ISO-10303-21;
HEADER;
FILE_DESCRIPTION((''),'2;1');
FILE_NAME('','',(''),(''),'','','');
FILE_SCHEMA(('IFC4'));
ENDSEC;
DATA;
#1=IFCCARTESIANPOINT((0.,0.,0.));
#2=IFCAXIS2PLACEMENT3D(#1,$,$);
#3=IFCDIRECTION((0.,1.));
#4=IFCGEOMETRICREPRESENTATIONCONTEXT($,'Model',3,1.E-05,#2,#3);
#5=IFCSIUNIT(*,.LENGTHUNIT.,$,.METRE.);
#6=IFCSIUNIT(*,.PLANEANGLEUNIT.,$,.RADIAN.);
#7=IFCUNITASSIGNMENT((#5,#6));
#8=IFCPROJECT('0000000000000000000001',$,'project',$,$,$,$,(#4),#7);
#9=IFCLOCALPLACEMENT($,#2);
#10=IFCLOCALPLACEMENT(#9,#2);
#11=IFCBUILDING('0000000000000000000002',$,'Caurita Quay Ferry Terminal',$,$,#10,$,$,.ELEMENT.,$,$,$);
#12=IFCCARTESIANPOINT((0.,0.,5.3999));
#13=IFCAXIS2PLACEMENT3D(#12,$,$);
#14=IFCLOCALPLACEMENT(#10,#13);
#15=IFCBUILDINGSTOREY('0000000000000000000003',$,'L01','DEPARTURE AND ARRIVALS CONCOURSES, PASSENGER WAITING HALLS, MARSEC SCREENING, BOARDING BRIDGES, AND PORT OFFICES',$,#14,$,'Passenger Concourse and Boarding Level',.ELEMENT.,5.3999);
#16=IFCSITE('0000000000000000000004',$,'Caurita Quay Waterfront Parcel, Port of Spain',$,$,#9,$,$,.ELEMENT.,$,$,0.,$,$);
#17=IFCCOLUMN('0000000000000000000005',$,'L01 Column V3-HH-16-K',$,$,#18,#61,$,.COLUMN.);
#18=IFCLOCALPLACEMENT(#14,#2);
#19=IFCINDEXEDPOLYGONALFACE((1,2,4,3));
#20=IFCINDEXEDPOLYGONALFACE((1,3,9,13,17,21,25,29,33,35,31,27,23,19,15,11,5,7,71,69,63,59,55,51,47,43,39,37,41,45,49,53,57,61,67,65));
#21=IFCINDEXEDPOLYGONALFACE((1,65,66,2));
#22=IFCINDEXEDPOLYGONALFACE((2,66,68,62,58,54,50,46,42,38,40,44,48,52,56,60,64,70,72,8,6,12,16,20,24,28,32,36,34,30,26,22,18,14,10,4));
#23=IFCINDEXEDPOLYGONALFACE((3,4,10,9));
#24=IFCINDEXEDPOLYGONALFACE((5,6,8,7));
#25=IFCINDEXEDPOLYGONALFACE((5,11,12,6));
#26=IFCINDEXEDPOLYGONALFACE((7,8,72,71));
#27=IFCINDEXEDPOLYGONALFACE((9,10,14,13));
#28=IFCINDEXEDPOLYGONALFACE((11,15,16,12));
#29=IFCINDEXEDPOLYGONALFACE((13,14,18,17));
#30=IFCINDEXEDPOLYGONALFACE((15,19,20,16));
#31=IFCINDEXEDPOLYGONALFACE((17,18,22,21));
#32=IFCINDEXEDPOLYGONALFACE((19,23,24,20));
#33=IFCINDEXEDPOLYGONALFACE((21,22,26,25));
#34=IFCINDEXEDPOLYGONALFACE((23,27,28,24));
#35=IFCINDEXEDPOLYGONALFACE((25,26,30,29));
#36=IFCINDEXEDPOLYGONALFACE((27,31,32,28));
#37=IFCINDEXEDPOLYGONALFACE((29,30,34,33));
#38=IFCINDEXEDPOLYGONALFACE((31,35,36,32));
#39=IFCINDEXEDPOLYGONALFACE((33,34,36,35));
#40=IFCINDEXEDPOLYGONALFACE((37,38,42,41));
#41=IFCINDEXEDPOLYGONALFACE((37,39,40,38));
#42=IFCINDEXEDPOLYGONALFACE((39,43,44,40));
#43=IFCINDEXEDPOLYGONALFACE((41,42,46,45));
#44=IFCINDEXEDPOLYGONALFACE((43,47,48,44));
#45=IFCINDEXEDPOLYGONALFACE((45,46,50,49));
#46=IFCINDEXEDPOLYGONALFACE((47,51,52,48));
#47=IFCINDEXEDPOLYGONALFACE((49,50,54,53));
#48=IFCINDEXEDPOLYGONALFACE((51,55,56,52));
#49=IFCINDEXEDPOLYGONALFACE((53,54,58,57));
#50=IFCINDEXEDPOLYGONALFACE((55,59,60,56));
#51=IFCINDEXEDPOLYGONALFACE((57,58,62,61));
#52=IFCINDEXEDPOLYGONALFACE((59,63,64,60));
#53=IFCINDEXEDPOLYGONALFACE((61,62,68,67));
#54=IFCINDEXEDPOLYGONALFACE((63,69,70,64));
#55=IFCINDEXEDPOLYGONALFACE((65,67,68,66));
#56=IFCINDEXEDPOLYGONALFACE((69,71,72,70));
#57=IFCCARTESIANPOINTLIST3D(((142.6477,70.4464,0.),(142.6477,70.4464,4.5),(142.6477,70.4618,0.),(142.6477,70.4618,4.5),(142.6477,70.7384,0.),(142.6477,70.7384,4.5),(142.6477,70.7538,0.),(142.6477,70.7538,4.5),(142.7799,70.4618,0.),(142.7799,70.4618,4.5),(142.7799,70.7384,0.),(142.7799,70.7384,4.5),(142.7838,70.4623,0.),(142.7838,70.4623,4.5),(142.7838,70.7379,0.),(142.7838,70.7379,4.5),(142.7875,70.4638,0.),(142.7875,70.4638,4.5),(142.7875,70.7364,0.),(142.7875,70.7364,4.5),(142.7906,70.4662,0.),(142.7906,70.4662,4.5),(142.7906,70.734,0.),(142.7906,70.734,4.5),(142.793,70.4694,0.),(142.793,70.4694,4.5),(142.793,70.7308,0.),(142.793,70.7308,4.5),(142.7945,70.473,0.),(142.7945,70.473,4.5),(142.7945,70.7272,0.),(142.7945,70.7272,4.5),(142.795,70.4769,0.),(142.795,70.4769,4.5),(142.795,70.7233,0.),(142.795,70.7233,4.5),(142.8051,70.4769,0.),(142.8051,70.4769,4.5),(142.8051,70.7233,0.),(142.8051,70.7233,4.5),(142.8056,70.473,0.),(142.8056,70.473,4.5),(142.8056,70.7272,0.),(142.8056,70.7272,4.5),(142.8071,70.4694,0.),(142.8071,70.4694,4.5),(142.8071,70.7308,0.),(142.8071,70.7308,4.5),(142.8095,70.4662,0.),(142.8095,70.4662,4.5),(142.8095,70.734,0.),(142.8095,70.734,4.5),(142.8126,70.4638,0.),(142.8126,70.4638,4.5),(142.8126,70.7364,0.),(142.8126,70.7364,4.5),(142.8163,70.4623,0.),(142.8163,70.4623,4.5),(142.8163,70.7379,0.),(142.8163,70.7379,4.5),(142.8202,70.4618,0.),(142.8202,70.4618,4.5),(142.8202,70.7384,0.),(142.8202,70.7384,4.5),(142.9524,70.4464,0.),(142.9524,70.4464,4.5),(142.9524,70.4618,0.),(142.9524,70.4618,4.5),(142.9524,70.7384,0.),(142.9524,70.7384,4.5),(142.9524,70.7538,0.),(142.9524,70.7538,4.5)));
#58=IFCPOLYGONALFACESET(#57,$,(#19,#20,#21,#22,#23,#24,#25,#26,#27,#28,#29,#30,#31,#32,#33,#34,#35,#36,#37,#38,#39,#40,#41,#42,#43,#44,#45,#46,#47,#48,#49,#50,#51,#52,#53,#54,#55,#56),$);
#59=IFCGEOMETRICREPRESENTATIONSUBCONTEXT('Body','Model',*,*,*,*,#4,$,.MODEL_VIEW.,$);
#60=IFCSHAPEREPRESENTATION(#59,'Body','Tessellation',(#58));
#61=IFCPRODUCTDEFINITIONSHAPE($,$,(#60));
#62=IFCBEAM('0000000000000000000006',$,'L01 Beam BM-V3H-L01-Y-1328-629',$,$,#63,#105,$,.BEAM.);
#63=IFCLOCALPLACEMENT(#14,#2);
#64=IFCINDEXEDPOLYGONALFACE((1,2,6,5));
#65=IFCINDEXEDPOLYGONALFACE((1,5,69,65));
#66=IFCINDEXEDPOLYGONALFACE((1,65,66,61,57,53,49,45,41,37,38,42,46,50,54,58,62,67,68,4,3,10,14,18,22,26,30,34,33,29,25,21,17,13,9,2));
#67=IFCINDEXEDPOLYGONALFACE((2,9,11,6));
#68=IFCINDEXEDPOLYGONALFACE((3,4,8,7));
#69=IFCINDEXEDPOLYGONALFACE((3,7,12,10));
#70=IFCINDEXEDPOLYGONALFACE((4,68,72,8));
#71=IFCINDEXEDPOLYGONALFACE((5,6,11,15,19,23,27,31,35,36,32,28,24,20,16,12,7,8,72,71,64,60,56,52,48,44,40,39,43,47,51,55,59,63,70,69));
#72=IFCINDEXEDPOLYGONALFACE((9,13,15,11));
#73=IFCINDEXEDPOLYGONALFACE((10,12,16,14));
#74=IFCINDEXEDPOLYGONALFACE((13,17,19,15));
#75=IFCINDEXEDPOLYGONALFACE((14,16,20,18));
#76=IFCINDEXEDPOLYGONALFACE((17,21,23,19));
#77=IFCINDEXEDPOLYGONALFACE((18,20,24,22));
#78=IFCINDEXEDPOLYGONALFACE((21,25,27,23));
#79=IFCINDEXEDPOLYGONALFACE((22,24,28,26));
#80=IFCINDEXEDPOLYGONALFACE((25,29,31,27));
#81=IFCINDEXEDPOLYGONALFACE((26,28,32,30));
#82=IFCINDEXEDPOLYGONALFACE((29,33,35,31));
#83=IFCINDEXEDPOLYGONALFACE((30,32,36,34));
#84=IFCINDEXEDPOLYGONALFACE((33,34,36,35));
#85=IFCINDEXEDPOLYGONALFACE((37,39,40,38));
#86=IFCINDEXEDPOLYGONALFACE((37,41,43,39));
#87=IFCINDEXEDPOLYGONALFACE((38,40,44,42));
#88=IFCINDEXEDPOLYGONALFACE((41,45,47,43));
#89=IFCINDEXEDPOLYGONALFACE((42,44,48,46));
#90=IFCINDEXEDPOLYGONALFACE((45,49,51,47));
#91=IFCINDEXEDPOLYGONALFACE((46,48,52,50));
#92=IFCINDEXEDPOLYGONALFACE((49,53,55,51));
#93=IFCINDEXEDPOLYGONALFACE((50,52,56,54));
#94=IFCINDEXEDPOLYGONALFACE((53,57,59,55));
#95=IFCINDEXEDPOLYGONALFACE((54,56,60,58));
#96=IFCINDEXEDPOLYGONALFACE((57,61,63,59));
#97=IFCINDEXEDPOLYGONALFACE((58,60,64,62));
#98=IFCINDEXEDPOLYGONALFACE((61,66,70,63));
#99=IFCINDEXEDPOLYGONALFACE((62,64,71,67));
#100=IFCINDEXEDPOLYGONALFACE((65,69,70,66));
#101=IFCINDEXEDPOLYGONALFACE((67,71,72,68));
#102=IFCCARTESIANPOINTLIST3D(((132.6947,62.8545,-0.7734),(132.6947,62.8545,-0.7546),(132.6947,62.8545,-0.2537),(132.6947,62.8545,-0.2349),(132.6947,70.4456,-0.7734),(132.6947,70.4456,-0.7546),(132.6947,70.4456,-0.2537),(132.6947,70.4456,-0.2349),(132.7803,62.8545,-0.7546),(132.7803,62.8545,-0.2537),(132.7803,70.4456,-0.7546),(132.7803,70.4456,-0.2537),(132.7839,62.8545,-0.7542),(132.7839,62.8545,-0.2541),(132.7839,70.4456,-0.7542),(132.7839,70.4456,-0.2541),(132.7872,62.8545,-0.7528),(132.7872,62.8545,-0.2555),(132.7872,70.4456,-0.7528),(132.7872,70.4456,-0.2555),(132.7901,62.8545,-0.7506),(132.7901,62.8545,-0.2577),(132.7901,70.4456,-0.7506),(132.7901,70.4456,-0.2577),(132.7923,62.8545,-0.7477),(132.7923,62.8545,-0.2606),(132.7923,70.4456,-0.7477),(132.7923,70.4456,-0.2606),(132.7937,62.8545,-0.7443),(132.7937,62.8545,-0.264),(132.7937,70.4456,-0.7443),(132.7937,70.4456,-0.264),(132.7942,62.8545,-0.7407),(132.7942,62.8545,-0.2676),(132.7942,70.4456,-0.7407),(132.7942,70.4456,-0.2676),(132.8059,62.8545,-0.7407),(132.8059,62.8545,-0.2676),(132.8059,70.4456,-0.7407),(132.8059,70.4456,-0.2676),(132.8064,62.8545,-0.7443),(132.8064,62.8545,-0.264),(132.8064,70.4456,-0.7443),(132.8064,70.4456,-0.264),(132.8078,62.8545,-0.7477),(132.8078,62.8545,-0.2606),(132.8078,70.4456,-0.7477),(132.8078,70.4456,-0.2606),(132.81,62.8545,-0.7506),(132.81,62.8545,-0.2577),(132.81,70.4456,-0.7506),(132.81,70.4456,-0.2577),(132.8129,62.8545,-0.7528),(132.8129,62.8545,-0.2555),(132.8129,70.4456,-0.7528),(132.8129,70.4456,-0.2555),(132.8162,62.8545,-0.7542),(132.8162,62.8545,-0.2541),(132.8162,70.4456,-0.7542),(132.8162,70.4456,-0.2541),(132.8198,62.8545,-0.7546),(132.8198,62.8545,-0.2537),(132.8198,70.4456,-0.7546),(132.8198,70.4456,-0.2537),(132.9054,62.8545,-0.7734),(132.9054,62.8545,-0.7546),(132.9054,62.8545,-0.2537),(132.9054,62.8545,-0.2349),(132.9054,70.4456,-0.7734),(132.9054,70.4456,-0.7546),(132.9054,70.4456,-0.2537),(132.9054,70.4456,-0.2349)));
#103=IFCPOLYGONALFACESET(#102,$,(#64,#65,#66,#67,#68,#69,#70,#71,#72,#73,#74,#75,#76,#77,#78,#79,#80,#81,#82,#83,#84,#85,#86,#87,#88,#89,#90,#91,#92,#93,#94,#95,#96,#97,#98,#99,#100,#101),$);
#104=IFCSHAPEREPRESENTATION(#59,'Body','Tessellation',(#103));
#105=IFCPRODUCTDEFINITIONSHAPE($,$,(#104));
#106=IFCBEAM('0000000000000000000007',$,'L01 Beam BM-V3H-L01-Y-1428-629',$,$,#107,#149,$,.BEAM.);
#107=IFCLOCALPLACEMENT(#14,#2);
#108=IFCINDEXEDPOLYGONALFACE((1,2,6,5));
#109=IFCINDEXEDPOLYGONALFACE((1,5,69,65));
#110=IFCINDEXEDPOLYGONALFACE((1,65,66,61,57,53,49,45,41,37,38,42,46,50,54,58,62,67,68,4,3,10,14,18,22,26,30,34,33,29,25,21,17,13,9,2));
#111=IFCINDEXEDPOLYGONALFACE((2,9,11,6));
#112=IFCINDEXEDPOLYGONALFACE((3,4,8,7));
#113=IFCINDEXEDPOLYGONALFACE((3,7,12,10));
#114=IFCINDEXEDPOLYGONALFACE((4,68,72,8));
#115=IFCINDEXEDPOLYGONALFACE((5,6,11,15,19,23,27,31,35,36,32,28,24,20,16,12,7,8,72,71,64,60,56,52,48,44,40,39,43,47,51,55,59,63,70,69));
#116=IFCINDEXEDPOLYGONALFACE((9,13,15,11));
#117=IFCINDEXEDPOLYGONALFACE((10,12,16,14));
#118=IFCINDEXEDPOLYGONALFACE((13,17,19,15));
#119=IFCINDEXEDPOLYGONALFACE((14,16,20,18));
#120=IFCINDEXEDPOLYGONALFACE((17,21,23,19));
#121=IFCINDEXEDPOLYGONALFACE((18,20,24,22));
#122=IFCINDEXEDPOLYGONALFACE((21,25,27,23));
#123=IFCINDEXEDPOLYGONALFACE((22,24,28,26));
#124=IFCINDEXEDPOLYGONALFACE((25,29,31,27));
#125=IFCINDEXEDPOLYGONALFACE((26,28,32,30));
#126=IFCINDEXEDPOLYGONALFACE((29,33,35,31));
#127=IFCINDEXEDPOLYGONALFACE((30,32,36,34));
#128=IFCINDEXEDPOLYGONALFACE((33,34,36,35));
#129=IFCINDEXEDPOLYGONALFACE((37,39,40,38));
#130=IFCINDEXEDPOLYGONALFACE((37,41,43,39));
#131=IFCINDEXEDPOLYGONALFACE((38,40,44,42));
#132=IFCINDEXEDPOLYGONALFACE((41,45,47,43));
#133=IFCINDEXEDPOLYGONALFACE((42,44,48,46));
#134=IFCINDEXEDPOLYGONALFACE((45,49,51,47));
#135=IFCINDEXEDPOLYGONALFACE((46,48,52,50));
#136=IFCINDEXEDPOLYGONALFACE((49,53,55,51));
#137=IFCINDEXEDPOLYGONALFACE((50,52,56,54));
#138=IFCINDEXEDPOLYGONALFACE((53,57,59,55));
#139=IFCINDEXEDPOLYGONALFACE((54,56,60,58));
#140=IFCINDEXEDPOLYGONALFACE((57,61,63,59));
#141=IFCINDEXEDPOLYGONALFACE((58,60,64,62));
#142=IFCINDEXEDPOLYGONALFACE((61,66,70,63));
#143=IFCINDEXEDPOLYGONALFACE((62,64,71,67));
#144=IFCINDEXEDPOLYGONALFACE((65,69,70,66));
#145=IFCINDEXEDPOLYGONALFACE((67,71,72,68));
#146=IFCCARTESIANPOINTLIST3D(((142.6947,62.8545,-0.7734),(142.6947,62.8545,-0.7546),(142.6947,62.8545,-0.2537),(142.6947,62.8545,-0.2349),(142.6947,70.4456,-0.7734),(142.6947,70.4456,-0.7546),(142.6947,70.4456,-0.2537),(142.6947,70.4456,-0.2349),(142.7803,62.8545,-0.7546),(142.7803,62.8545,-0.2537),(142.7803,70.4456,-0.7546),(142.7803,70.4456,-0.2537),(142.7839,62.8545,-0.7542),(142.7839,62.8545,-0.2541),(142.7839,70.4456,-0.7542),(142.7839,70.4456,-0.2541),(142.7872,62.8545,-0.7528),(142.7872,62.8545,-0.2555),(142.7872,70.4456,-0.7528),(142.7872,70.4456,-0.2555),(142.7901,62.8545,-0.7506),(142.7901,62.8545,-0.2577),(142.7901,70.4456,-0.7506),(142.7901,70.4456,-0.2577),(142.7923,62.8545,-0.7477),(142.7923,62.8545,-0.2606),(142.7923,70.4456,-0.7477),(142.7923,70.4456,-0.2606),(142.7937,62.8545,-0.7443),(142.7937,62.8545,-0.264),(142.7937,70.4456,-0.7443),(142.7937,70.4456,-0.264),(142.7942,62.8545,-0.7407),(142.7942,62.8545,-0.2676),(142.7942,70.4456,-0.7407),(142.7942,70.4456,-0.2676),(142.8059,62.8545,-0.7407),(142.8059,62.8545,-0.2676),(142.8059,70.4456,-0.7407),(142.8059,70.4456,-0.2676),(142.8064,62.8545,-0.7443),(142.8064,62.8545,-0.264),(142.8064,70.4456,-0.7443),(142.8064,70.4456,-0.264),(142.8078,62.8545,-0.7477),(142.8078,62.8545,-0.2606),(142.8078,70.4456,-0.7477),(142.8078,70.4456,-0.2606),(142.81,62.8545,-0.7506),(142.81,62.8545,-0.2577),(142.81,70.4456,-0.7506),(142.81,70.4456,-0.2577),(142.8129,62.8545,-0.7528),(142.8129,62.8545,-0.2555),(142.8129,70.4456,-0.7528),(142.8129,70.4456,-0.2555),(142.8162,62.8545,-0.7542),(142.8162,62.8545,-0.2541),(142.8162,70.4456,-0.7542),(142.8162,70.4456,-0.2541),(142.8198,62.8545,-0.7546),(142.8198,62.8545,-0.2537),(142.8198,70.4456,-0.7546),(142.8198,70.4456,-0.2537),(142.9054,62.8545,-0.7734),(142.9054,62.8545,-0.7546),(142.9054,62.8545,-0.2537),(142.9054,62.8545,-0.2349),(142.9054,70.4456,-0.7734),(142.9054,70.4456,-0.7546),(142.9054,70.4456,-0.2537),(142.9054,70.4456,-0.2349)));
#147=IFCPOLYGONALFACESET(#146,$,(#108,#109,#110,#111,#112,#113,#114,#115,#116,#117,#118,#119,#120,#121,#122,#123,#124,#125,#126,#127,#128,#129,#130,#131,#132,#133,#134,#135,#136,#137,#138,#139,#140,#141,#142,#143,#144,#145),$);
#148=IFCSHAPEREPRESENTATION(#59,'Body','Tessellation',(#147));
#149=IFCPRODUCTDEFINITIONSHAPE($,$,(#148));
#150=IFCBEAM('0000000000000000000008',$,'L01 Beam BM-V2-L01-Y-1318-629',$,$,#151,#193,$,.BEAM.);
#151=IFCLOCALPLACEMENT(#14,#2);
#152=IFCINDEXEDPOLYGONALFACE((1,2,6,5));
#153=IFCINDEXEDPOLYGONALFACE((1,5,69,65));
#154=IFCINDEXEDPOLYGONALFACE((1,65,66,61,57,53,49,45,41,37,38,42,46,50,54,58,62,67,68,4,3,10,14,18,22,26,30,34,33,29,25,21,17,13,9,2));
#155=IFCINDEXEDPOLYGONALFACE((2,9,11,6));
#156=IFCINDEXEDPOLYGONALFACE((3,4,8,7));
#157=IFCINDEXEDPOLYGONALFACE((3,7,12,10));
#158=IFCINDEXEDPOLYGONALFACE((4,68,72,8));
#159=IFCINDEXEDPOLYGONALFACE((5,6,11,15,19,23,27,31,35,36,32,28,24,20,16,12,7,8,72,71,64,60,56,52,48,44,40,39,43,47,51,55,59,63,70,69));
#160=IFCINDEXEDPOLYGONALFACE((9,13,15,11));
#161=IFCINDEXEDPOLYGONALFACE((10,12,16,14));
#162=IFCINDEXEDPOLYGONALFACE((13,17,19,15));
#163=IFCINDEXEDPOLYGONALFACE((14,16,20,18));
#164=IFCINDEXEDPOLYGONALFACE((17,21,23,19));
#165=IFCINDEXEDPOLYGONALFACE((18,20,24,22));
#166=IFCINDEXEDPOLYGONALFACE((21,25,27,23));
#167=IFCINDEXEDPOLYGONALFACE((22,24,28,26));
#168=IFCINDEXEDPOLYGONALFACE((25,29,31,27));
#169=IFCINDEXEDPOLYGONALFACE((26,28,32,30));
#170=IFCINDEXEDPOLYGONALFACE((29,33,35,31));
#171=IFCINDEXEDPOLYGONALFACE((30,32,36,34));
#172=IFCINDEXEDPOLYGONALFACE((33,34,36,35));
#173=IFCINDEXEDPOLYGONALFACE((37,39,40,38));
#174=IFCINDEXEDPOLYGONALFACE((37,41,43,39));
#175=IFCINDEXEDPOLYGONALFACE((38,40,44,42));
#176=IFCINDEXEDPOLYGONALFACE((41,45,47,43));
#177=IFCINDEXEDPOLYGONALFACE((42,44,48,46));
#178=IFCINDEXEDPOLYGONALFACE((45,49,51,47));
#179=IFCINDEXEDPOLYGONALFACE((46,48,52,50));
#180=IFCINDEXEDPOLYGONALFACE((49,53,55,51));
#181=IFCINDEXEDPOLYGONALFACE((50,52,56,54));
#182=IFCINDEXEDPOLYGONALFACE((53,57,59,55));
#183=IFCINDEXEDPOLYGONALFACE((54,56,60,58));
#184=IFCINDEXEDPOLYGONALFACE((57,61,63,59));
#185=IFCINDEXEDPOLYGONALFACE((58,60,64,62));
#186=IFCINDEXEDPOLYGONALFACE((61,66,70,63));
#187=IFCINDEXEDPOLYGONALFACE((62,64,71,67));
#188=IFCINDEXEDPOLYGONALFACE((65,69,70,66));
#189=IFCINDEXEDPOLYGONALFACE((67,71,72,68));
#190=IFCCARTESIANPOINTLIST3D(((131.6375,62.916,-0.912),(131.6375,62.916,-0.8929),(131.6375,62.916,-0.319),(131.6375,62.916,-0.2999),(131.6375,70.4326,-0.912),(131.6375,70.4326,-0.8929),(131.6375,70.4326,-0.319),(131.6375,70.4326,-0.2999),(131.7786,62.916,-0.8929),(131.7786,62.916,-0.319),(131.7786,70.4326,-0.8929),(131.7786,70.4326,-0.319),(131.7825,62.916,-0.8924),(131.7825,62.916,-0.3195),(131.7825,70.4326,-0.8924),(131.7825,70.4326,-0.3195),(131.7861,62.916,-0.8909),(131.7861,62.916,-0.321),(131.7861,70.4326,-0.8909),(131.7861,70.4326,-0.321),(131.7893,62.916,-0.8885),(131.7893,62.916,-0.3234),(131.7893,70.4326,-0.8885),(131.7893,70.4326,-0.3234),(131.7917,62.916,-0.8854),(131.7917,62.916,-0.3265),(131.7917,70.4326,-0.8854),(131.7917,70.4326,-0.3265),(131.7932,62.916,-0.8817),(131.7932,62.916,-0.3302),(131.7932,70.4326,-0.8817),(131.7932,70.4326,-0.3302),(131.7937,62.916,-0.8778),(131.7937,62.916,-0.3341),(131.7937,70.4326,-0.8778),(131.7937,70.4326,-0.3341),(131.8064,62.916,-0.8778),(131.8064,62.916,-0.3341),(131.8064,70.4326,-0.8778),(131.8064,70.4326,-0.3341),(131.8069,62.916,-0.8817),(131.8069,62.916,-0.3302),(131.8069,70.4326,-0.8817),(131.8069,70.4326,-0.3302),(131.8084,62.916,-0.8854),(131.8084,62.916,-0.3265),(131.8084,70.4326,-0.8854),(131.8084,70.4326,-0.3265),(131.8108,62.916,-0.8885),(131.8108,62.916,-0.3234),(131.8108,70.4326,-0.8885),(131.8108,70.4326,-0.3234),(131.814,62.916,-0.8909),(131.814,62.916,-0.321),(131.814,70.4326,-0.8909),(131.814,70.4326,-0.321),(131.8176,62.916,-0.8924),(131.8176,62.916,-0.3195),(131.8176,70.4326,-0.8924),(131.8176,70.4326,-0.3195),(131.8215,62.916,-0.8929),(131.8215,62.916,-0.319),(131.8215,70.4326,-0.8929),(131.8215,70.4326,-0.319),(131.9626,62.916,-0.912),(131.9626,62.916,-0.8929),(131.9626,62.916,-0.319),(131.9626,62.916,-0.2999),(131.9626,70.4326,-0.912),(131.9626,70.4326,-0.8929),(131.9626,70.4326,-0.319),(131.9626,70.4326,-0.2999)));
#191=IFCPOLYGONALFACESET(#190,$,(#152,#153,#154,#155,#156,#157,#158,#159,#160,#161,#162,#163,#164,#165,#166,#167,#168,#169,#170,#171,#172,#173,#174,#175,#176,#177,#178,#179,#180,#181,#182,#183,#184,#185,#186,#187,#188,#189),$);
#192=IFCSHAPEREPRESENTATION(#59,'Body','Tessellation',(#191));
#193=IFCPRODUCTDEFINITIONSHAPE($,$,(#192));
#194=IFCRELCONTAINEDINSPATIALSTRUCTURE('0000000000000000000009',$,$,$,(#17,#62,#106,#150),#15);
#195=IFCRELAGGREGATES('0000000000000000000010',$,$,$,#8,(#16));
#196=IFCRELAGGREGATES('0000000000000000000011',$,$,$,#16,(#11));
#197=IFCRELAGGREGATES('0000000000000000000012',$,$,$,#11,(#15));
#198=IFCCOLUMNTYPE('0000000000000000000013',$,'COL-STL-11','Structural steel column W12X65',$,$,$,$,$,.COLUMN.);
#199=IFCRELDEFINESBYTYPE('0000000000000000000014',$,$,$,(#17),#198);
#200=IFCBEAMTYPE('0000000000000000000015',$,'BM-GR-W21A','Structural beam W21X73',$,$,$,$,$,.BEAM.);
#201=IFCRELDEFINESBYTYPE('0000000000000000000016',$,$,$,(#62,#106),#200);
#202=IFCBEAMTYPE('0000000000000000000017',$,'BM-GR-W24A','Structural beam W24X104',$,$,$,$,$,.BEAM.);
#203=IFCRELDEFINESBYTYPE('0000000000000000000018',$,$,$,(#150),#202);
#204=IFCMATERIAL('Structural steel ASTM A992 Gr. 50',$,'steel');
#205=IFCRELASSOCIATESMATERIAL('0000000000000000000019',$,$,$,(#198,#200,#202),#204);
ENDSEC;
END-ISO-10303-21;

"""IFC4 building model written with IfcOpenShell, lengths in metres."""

from ifc_helpers import new_model, si_unit, direction, frame, origin, origin_2d, place, context, subcontext, project, spatial, i_section, extrude, material, material_profile, profile_set, type_object, element, save


model = new_model("IFC4")

# Units and contexts
model_context = context("Model", 3, precision=1e-05, world=origin(), true_north=direction((0.0, 1.0)))
body_context = subcontext(model_context, "Body", "Model", "MODEL_VIEW")
ifc_project = project(units=[si_unit("LENGTHUNIT", "METRE"), si_unit("PLANEANGLEUNIT", "RADIAN")], contexts=[model_context])

# Site, building, storey
site_placement = place(None, origin())
site = spatial("IfcSite", under=ifc_project, at=site_placement, Name="Caurita Quay Waterfront Parcel, Port of Spain", CompositionType="ELEMENT", RefElevation=0.0)
building_placement = place(site_placement, origin())
building = spatial("IfcBuilding", under=site, at=building_placement, Name="Caurita Quay Ferry Terminal", CompositionType="ELEMENT")
storey_placement = place(building_placement, frame((0.0, 0.0, 5.3999)))
storey = spatial("IfcBuildingStorey", under=building, at=storey_placement, Name="L01", Description="DEPARTURE AND ARRIVALS CONCOURSES, PASSENGER WAITING HALLS, MARSEC SCREENING, BOARDING BRIDGES, AND PORT OFFICES", LongName="Passenger Concourse and Boarding Level", CompositionType="ELEMENT", Elevation=5.3999)

# Column
ifc_material_1 = material(Name="Structural steel ASTM A992 Gr. 50", Category="steel")
ifc_material_profile_1 = material_profile(ifc_material_1, i_section(OverallWidth=0.3047, OverallDepth=0.3074, WebThickness=0.01, FlangeThickness=0.0154, FilletRadius=0.0151, at=origin_2d()), Name="W12X65")
ifc_profile_set_1 = profile_set([ifc_material_profile_1], Name="Structural steel ASTM A992 Gr. 50")
column_type_1 = type_object("IfcColumnType", Name="COL-STL-11", Description="Structural steel column W12X65", PredefinedType="COLUMN", material=ifc_profile_set_1)
for number, where, z_axis, x_axis, name in (
    (1, (142.8, 70.6001, 0.0), (0.0, 0.0, 1.0), (1.0, 0.0, 0.0), "L01 Column V3-HH-16-K"),
):
    element("IfcColumn", number, at=place(storey_placement, frame(where, z_axis=z_axis, x_axis=x_axis)), inside=storey, type_object=column_type_1, Name=name, PredefinedType="COLUMN", context=body_context, shape_type="SweptSolid", body=[
        extrude(i_section(OverallWidth=0.3047, OverallDepth=0.3074, WebThickness=0.01, FlangeThickness=0.0154, FilletRadius=0.0151, at=origin_2d()), origin(), (0.0, 0.0, 1.0), 4.5),
    ])

# Beams
ifc_material_profile_2 = material_profile(ifc_material_1, i_section(OverallWidth=0.2107, OverallDepth=0.5386, WebThickness=0.0117, FlangeThickness=0.0188, FilletRadius=0.0139, at=origin_2d()), Name="W21X73")
ifc_profile_set_2 = profile_set([ifc_material_profile_2], Name="Structural steel ASTM A992 Gr. 50")
beam_type_1 = type_object("IfcBeamType", Name="BM-GR-W21A", Description="Structural beam W21X73", PredefinedType="BEAM", material=ifc_profile_set_2)
for number, where, z_axis, x_axis, name in (
    (2, (132.8, 62.8545, -0.5042), (0.0, 1.0, 0.0), (-1.0, 0.0, 0.0), "L01 Beam BM-V3H-L01-Y-1328-629"),
    (3, (142.8, 62.8545, -0.5042), (0.0, 1.0, 0.0), (-1.0, 0.0, 0.0), "L01 Beam BM-V3H-L01-Y-1428-629"),
):
    element("IfcBeam", number, at=place(storey_placement, frame(where, z_axis=z_axis, x_axis=x_axis)), inside=storey, type_object=beam_type_1, Name=name, PredefinedType="BEAM", context=body_context, shape_type="SweptSolid", body=[
        extrude(i_section(OverallWidth=0.2107, OverallDepth=0.5386, WebThickness=0.0117, FlangeThickness=0.0188, FilletRadius=0.0139, at=origin_2d()), origin(), (0.0, 0.0, 1.0), 7.5911),
    ])
ifc_material_profile_3 = material_profile(ifc_material_1, i_section(OverallWidth=0.3252, OverallDepth=0.6121, WebThickness=0.0127, FlangeThickness=0.019, FilletRadius=0.0151, at=origin_2d()), Name="W24X104")
ifc_profile_set_3 = profile_set([ifc_material_profile_3], Name="Structural steel ASTM A992 Gr. 50")
beam_type_2 = type_object("IfcBeamType", Name="BM-GR-W24A", Description="Structural beam W24X104", PredefinedType="BEAM", material=ifc_profile_set_3)
beam_1_placement = place(storey_placement, frame((131.8, 62.916, -0.606), z_axis=(0.0, 1.0, 0.0), x_axis=(-1.0, 0.0, 0.0)))
element("IfcBeam", 4, at=beam_1_placement, inside=storey, type_object=beam_type_2, Name="L01 Beam BM-V2-L01-Y-1318-629", PredefinedType="BEAM", context=body_context, shape_type="SweptSolid", body=[
    extrude(i_section(OverallWidth=0.3252, OverallDepth=0.6121, WebThickness=0.0127, FlangeThickness=0.019, FilletRadius=0.0151, at=origin_2d()), origin(), (0.0, 0.0, 1.0), 7.5166),
])

save(model, "model.ifc")
